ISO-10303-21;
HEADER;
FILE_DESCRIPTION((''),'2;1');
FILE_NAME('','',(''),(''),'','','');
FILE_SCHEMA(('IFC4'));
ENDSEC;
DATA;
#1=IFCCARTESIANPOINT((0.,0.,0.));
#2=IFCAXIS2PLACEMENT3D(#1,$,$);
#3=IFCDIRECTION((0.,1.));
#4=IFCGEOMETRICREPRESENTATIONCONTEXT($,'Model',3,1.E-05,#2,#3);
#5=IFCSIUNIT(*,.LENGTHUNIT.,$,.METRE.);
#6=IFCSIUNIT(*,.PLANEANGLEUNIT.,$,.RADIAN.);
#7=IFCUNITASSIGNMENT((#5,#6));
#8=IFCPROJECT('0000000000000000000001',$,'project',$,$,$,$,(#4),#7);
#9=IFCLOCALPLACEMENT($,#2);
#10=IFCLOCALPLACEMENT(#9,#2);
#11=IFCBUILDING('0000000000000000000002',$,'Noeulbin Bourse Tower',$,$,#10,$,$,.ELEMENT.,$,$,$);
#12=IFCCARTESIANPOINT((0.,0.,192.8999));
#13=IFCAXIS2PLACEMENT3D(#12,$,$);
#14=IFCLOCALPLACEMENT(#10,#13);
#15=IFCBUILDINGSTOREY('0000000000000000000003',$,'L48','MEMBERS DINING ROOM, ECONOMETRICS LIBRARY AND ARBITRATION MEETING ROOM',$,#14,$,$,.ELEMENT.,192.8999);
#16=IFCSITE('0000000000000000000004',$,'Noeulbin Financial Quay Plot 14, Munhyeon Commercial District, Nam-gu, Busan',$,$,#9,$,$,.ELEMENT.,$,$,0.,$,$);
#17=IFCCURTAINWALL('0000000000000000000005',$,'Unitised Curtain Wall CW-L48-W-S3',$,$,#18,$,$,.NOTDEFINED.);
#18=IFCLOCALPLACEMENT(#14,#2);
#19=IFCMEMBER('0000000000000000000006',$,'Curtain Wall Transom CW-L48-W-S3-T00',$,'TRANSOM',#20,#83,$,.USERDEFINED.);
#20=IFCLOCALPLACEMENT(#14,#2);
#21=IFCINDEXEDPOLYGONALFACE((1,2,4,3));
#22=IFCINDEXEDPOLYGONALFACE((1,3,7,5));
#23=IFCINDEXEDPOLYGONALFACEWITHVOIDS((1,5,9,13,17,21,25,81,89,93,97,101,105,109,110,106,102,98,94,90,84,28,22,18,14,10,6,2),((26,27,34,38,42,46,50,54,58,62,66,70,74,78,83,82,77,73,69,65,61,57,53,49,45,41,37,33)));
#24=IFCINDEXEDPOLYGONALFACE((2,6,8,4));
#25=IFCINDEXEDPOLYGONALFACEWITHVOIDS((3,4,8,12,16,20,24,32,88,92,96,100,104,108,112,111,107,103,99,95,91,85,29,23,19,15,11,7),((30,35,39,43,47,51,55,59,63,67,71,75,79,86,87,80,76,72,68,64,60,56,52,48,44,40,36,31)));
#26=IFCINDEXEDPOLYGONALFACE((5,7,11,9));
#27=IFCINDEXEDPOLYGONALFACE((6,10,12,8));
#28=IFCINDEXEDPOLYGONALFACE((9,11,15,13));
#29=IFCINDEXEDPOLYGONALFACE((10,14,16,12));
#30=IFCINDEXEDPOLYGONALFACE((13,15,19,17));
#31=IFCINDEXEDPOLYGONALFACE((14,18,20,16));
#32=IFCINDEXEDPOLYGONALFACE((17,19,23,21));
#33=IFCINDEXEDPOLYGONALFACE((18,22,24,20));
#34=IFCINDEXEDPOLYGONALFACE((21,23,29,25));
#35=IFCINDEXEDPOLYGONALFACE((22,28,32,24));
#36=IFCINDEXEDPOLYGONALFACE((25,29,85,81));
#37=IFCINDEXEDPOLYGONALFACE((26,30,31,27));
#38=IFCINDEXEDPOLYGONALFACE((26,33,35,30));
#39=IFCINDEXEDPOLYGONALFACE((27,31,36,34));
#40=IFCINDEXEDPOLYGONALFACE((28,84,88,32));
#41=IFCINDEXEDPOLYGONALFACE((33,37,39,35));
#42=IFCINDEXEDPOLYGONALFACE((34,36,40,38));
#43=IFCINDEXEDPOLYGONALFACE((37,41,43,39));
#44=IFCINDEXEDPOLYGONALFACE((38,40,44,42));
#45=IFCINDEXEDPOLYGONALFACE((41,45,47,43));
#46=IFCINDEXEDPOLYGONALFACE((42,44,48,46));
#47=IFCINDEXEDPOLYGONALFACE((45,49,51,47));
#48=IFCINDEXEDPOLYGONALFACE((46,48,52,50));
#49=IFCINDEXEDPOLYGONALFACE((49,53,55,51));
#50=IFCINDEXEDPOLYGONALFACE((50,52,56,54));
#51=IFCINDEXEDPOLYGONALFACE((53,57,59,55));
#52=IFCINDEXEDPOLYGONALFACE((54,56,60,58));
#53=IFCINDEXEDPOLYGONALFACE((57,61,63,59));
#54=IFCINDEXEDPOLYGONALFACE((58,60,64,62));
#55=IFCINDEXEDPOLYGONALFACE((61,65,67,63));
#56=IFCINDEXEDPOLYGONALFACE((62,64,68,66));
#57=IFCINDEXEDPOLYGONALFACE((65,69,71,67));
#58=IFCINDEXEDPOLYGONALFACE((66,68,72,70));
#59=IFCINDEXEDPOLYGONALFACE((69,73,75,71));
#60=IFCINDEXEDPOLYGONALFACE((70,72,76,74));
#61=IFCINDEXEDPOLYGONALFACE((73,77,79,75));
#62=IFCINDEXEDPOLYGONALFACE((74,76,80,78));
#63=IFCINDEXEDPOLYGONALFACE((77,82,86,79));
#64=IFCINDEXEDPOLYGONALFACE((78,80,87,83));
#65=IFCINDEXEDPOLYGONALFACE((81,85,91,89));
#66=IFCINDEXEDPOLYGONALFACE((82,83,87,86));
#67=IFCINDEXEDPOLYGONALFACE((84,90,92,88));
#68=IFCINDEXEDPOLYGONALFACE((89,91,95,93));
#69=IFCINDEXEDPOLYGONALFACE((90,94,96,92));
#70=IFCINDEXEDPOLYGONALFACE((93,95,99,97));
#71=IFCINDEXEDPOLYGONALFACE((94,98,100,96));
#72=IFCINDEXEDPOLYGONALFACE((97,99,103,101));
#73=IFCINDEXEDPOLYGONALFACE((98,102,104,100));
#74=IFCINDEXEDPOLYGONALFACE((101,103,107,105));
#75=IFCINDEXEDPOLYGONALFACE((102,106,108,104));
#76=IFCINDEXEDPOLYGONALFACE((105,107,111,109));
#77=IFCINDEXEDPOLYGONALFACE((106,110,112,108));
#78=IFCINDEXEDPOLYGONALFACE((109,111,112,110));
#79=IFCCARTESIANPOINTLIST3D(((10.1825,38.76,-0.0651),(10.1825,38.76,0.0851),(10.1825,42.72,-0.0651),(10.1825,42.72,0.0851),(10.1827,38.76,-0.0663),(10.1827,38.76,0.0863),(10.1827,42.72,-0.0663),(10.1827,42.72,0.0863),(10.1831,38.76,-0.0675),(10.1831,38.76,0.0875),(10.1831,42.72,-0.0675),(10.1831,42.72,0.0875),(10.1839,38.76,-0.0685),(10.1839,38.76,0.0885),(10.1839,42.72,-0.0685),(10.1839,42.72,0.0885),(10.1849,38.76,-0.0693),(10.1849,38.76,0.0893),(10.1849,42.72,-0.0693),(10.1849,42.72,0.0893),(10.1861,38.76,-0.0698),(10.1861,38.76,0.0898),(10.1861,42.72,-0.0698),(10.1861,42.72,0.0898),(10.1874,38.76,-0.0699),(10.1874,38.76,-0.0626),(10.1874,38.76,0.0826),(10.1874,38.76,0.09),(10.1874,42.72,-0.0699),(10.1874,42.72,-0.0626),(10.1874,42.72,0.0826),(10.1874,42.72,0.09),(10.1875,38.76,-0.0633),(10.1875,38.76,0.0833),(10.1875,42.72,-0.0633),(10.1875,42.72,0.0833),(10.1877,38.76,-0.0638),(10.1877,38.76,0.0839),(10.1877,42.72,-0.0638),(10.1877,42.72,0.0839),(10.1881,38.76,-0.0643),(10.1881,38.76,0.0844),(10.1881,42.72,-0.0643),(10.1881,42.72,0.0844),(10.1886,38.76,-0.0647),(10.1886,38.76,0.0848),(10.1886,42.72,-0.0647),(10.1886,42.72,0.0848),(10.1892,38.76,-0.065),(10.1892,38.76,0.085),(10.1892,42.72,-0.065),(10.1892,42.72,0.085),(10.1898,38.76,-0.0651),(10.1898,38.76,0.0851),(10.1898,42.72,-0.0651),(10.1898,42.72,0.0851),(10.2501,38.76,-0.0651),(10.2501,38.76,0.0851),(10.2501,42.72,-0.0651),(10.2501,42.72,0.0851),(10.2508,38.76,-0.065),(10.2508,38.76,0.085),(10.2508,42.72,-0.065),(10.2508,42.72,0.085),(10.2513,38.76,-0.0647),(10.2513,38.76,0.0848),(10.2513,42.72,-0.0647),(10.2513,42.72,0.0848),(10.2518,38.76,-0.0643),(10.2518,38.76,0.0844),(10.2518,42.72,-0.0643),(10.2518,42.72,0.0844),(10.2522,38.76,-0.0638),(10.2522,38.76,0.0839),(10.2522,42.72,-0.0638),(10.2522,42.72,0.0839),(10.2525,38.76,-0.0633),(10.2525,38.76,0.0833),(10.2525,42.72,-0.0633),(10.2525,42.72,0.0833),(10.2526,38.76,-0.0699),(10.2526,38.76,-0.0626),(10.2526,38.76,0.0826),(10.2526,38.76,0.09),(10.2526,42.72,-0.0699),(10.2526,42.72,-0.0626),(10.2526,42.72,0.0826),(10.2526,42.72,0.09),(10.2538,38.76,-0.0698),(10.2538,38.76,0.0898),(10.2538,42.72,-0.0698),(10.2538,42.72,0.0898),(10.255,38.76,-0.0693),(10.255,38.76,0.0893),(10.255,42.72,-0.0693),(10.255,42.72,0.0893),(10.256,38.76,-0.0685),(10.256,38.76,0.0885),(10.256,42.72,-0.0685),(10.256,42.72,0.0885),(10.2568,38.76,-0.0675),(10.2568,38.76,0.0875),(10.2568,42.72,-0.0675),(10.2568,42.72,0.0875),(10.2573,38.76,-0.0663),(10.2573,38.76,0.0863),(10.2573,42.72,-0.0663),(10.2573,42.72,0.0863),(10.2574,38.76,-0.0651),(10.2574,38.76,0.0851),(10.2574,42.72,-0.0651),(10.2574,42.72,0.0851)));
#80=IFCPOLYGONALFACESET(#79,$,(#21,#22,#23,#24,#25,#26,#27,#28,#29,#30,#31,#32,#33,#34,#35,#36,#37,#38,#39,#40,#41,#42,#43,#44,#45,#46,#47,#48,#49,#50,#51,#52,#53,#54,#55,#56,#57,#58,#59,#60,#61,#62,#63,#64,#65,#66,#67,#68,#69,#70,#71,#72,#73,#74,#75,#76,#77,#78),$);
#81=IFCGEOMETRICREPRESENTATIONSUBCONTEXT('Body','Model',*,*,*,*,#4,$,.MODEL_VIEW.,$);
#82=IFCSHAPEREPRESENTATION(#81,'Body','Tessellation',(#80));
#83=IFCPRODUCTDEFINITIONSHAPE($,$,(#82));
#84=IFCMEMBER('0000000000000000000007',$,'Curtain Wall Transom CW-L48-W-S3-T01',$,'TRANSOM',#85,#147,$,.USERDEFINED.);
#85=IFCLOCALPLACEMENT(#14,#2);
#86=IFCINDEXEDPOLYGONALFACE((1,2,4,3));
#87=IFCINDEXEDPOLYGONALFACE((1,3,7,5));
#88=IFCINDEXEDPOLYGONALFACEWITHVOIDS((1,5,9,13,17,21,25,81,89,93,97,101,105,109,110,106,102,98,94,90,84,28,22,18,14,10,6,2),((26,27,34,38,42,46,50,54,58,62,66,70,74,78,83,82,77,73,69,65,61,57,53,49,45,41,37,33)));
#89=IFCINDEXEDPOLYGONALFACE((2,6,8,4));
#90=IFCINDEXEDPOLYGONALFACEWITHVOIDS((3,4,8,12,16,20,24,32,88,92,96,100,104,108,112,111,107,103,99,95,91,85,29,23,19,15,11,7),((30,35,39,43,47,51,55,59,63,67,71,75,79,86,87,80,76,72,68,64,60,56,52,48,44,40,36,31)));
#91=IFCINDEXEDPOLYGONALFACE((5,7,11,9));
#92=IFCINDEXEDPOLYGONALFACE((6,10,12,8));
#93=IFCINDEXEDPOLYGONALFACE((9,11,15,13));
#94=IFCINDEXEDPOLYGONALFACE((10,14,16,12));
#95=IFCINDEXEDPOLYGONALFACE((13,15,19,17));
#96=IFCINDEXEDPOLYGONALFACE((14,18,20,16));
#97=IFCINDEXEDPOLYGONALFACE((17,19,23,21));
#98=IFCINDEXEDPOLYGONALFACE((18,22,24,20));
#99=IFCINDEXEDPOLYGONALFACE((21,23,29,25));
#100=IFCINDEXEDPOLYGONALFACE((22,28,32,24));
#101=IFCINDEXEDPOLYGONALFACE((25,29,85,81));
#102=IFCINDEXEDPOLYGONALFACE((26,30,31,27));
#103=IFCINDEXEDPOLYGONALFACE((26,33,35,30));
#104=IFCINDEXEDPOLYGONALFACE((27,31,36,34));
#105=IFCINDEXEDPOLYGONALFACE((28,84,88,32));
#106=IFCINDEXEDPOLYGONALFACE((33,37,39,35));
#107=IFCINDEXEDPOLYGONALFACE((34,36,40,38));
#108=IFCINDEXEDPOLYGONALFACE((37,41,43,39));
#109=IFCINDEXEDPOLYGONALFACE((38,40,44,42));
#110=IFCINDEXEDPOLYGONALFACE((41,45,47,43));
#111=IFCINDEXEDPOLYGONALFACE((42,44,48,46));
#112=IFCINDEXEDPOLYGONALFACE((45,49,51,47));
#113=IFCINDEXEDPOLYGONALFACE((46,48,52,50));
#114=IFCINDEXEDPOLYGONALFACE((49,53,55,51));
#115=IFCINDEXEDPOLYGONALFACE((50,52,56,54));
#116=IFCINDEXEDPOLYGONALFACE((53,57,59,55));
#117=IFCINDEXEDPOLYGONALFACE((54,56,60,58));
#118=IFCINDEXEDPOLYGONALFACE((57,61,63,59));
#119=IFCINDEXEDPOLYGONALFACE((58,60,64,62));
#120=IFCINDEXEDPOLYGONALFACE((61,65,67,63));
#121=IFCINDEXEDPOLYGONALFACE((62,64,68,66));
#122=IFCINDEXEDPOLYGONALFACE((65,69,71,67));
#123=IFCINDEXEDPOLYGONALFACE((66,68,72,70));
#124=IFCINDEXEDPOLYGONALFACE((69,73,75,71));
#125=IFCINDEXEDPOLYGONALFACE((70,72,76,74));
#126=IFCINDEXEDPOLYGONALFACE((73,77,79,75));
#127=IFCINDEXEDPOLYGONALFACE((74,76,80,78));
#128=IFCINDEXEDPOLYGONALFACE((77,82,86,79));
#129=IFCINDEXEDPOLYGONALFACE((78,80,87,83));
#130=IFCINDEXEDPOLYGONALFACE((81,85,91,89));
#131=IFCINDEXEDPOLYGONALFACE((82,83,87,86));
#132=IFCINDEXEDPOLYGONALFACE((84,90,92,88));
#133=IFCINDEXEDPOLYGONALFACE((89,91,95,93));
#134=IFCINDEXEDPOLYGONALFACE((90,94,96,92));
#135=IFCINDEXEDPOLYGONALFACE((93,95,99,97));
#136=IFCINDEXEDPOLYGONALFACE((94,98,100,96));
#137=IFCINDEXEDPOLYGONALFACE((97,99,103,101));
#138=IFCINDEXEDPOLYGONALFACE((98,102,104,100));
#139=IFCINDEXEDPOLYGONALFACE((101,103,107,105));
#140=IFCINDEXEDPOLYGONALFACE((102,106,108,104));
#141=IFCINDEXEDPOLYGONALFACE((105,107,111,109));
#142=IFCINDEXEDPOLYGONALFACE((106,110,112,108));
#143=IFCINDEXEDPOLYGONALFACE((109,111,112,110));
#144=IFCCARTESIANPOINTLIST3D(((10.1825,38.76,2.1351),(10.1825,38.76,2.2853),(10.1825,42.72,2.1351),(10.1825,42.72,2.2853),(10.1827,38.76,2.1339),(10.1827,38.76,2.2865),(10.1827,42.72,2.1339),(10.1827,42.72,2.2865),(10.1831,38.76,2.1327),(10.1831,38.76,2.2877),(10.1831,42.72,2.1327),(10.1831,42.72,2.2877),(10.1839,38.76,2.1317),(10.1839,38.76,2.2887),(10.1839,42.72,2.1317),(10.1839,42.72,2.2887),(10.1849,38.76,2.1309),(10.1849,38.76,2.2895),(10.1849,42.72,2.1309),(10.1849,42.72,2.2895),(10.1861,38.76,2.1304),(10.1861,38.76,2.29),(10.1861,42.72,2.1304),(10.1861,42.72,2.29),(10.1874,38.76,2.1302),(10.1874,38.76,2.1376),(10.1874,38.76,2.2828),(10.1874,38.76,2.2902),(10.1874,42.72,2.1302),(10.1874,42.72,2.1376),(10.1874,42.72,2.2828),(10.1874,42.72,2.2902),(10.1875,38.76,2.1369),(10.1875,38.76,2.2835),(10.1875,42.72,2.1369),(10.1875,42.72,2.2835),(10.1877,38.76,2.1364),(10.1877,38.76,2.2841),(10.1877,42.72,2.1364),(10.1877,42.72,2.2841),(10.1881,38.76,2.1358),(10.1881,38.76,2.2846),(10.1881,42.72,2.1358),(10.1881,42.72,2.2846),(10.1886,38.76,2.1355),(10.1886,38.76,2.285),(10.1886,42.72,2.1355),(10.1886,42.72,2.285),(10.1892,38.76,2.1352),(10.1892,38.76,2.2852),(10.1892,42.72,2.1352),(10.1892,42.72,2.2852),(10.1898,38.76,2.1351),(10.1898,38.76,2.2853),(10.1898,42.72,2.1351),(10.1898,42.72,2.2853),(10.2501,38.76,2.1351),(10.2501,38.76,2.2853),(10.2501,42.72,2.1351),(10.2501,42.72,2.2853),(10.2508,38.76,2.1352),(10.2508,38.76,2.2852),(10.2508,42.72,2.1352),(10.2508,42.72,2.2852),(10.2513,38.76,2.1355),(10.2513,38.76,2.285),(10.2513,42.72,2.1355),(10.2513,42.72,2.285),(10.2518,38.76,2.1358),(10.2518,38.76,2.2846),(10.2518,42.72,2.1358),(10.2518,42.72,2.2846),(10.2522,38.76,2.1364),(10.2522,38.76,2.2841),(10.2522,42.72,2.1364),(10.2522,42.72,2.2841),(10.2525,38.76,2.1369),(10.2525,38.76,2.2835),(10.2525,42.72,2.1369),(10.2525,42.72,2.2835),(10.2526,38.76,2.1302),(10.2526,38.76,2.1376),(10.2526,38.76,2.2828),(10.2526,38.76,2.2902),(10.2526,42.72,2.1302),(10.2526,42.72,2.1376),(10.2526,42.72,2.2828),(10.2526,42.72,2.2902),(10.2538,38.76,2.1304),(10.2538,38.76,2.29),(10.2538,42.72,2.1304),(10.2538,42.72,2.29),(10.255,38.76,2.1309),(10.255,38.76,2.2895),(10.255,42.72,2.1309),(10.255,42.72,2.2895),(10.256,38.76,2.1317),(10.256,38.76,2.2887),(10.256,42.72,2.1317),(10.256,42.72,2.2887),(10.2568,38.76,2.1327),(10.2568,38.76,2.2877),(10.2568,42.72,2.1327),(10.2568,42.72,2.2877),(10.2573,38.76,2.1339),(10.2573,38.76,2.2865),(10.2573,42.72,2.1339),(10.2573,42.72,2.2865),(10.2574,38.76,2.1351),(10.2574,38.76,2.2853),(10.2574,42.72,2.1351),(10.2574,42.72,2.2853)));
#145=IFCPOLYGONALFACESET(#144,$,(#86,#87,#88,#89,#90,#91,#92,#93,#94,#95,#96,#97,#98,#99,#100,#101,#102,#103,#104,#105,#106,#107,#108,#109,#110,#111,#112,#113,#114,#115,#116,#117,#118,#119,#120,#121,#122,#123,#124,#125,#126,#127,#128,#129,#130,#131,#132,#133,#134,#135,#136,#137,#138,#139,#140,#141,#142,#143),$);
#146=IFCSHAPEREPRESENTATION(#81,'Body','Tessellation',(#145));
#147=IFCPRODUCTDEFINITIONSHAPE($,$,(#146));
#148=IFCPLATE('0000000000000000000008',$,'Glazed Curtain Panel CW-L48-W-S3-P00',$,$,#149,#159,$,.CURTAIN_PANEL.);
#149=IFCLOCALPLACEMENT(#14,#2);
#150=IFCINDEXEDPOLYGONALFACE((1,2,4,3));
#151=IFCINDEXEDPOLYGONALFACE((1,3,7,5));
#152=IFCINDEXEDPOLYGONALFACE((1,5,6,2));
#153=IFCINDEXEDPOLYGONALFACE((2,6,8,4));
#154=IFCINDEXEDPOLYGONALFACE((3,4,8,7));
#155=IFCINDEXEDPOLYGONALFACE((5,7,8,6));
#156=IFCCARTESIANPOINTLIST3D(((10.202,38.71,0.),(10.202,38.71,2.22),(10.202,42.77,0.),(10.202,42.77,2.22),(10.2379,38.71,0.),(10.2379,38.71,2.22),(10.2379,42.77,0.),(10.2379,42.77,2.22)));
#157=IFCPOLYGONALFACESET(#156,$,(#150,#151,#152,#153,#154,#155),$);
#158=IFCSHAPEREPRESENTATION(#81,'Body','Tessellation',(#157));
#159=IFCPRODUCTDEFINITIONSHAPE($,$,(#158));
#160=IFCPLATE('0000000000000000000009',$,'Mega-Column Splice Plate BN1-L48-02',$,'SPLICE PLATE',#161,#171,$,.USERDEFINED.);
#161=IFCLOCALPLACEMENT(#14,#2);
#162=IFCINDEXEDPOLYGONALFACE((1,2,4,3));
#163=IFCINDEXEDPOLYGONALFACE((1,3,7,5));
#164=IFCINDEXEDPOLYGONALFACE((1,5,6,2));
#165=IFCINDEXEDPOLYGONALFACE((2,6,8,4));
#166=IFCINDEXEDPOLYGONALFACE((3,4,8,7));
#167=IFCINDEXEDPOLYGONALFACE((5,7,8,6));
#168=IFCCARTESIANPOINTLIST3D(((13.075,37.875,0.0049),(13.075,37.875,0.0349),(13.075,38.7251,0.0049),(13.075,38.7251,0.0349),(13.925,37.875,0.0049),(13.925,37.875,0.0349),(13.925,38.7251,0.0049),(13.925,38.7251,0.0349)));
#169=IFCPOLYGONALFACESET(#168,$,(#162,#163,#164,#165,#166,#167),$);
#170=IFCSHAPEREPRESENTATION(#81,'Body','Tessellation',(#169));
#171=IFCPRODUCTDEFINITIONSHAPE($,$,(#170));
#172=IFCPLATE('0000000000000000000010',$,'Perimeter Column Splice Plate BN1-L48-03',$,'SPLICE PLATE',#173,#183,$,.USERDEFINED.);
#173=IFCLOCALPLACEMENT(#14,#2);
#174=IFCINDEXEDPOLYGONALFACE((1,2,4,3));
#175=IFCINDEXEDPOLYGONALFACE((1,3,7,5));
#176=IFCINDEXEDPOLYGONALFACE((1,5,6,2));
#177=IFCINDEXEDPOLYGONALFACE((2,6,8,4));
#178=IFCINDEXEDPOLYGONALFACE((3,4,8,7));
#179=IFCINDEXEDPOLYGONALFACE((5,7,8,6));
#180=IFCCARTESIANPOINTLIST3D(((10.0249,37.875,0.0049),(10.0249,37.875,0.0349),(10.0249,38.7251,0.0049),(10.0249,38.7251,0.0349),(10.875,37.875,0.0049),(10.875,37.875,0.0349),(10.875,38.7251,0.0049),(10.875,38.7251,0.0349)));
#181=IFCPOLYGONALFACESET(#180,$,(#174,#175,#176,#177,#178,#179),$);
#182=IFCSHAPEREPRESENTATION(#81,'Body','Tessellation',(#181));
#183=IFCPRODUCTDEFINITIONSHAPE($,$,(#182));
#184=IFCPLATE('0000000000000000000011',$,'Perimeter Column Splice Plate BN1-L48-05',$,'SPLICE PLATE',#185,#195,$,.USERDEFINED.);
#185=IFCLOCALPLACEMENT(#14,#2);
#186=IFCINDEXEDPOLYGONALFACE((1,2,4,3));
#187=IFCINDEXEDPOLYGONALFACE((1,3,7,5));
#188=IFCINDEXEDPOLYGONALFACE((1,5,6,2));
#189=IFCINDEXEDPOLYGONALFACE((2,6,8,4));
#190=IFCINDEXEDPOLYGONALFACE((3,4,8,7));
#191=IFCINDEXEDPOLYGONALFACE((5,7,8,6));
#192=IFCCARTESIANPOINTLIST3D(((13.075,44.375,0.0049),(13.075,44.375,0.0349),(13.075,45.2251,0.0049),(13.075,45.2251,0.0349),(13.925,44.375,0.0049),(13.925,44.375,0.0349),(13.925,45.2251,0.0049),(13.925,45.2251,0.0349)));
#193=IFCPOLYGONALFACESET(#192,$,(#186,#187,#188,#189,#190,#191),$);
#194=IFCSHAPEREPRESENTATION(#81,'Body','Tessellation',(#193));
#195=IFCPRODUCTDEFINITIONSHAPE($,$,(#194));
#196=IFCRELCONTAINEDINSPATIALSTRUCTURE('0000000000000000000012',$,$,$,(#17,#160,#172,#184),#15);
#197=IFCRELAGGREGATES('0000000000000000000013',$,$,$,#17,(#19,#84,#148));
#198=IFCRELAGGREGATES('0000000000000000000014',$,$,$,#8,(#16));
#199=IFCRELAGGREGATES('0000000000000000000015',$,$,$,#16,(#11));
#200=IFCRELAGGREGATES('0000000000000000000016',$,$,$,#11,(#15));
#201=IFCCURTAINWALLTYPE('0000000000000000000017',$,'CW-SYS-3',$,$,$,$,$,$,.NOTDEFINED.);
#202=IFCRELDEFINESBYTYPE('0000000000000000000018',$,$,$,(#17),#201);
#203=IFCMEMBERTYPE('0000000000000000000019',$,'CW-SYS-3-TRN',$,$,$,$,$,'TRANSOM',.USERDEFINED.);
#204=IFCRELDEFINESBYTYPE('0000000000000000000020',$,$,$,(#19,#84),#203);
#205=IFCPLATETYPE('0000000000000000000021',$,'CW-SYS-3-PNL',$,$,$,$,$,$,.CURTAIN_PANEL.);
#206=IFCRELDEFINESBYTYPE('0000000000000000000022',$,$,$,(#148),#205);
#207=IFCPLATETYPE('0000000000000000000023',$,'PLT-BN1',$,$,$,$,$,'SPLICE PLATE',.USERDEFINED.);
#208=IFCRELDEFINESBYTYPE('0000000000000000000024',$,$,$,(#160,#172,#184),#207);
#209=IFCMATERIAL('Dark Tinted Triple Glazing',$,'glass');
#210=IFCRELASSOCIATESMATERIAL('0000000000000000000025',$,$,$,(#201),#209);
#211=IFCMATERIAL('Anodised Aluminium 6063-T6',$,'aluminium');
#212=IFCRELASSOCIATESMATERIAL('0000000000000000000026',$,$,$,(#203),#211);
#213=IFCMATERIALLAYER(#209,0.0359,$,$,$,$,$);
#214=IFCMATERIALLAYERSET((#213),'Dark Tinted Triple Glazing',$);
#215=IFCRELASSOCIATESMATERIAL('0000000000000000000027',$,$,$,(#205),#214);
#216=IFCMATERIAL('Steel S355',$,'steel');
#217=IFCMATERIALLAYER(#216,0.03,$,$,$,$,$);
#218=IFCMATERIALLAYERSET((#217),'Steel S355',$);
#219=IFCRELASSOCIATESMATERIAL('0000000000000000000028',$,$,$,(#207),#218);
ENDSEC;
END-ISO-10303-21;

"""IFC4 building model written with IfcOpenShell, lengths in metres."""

from ifc_helpers import new_model, si_unit, direction, frame, origin, origin_2d, place, context, subcontext, project, spatial, rectangle, hollow_rectangle, extrude, material, layer, layer_set, material_profile, profile_set, type_object, element, aggregate, save


model = new_model("IFC4")

# Units and contexts
model_context = context("Model", 3, precision=1e-05, world=origin(), true_north=direction((0.0, 1.0)))
body_context = subcontext(model_context, "Body", "Model", "MODEL_VIEW")
ifc_project = project(units=[si_unit("LENGTHUNIT", "METRE"), si_unit("PLANEANGLEUNIT", "RADIAN")], contexts=[model_context])

# Site, building, storey
site_placement = place(None, origin())
site = spatial("IfcSite", under=ifc_project, at=site_placement, Name="Noeulbin Financial Quay Plot 14, Munhyeon Commercial District, Nam-gu, Busan", CompositionType="ELEMENT", RefElevation=0.0)
building_placement = place(site_placement, origin())
building = spatial("IfcBuilding", under=site, at=building_placement, Name="Noeulbin Bourse Tower", CompositionType="ELEMENT")
storey_placement = place(building_placement, frame((0.0, 0.0, 192.8999)))
storey = spatial("IfcBuildingStorey", under=building, at=storey_placement, Name="L48", Description="MEMBERS DINING ROOM, ECONOMETRICS LIBRARY AND ARBITRATION MEETING ROOM", CompositionType="ELEMENT", Elevation=192.8999)

# Shared definitions
ifc_material_1 = material(Name="Steel S355", Category="steel")

# Shared definitions
ifc_material_2 = material(Name="Dark Tinted Triple Glazing", Category="glass")
curtain_wall_type = type_object("IfcCurtainWallType", Name="CW-SYS-3", PredefinedType="NOTDEFINED", material=ifc_material_2)
ifc_material_3 = material(Name="Anodised Aluminium 6063-T6", Category="aluminium")

# Curtain wall
curtain_wall_1_placement = place(storey_placement, origin())
curtain_wall_1 = element("IfcCurtainWall", 1, at=curtain_wall_1_placement, inside=storey, type_object=curtain_wall_type, Name="Unitised Curtain Wall CW-L48-W-S3", PredefinedType="NOTDEFINED")

# Members
ifc_material_profile_1 = material_profile(ifc_material_3, hollow_rectangle(XDim=0.075, YDim=0.1599, WallThickness=0.0049, InnerFilletRadius=0.0024, OuterFilletRadius=0.0049, at=origin_2d()), Name="ALU-TRAN-75x160x5", Category="LoadBearing")
ifc_profile_set_1 = profile_set([ifc_material_profile_1], Name="Anodised Aluminium 6063-T6")
member_type_1 = type_object("IfcMemberType", Name="CW-SYS-3-TRN", ElementType="TRANSOM", PredefinedType="USERDEFINED", material=ifc_profile_set_1)
member_1_placement = place(storey_placement, frame((10.22, 38.76, 0.01), z_axis=(0.0, 1.0, 0.0), x_axis=(-1.0, 0.0, 0.0)))
member_1 = element("IfcMember", 2, at=member_1_placement, type_object=member_type_1, Name="Curtain Wall Transom CW-L48-W-S3-T00", ObjectType="TRANSOM", PredefinedType="USERDEFINED", context=body_context, shape_type="SweptSolid", body=[
    extrude(hollow_rectangle(XDim=0.075, YDim=0.1599, WallThickness=0.0049, InnerFilletRadius=0.0024, OuterFilletRadius=0.0049, at=origin_2d()), origin(), (0.0, 0.0, 1.0), 3.96),
])
member_2_placement = place(storey_placement, frame((10.22, 38.76, 2.2102), z_axis=(0.0, 1.0, 0.0), x_axis=(-1.0, 0.0, 0.0)))
member_2 = element("IfcMember", 3, at=member_2_placement, type_object=member_type_1, Name="Curtain Wall Transom CW-L48-W-S3-T01", ObjectType="TRANSOM", PredefinedType="USERDEFINED", context=body_context, shape_type="SweptSolid", body=[
    extrude(hollow_rectangle(XDim=0.075, YDim=0.1599, WallThickness=0.0049, InnerFilletRadius=0.0024, OuterFilletRadius=0.0049, at=origin_2d()), origin(), (0.0, 0.0, 1.0), 3.96),
])

# Plate
ifc_layer_1 = layer(ifc_material_2, 0.0359)
ifc_layer_set_1 = layer_set([ifc_layer_1], Name="Dark Tinted Triple Glazing")
plate_type_1 = type_object("IfcPlateType", Name="CW-SYS-3-PNL", PredefinedType="CURTAIN_PANEL", material=ifc_layer_set_1)
plate_placement = place(storey_placement, frame((10.22, 40.74, 0.0), z_axis=(0.0, 0.0, 1.0), x_axis=(0.0, 1.0, 0.0)))
plate = element("IfcPlate", 4, at=plate_placement, type_object=plate_type_1, Name="Glazed Curtain Panel CW-L48-W-S3-P00", PredefinedType="CURTAIN_PANEL", context=body_context, shape_type="SweptSolid", body=[
    extrude(rectangle(XDim=4.0601, YDim=0.0359, at=origin_2d()), origin(), (0.0, 0.0, 1.0), 2.22),
])
aggregate(curtain_wall_1, [member_1, member_2, plate])

# Plates
ifc_layer_2 = layer(ifc_material_1, 0.03)
ifc_layer_set_2 = layer_set([ifc_layer_2], Name="Steel S355")
plate_type_2 = type_object("IfcPlateType", Name="PLT-BN1", ElementType="SPLICE PLATE", PredefinedType="USERDEFINED", material=ifc_layer_set_2)
for number, where, z_axis, x_axis, name in (
    (5, (13.5, 38.3, 0.0049), (0.0, 0.0, 1.0), (1.0, 0.0, 0.0), "Mega-Column Splice Plate BN1-L48-02"),
    (6, (10.45, 38.3, 0.0049), (0.0, 0.0, 1.0), (1.0, 0.0, 0.0), "Perimeter Column Splice Plate BN1-L48-03"),
    (7, (13.5, 44.8, 0.0049), (0.0, 0.0, 1.0), (1.0, 0.0, 0.0), "Perimeter Column Splice Plate BN1-L48-05"),
):
    element("IfcPlate", number, at=place(storey_placement, frame(where, z_axis=z_axis, x_axis=x_axis)), inside=storey, type_object=plate_type_2, Name=name, ObjectType="SPLICE PLATE", PredefinedType="USERDEFINED", context=body_context, shape_type="SweptSolid", body=[
        extrude(rectangle(XDim=0.8501, YDim=0.8501, at=origin_2d()), origin(), (0.0, 0.0, 1.0), 0.03),
    ])

save(model, "model.ifc")
